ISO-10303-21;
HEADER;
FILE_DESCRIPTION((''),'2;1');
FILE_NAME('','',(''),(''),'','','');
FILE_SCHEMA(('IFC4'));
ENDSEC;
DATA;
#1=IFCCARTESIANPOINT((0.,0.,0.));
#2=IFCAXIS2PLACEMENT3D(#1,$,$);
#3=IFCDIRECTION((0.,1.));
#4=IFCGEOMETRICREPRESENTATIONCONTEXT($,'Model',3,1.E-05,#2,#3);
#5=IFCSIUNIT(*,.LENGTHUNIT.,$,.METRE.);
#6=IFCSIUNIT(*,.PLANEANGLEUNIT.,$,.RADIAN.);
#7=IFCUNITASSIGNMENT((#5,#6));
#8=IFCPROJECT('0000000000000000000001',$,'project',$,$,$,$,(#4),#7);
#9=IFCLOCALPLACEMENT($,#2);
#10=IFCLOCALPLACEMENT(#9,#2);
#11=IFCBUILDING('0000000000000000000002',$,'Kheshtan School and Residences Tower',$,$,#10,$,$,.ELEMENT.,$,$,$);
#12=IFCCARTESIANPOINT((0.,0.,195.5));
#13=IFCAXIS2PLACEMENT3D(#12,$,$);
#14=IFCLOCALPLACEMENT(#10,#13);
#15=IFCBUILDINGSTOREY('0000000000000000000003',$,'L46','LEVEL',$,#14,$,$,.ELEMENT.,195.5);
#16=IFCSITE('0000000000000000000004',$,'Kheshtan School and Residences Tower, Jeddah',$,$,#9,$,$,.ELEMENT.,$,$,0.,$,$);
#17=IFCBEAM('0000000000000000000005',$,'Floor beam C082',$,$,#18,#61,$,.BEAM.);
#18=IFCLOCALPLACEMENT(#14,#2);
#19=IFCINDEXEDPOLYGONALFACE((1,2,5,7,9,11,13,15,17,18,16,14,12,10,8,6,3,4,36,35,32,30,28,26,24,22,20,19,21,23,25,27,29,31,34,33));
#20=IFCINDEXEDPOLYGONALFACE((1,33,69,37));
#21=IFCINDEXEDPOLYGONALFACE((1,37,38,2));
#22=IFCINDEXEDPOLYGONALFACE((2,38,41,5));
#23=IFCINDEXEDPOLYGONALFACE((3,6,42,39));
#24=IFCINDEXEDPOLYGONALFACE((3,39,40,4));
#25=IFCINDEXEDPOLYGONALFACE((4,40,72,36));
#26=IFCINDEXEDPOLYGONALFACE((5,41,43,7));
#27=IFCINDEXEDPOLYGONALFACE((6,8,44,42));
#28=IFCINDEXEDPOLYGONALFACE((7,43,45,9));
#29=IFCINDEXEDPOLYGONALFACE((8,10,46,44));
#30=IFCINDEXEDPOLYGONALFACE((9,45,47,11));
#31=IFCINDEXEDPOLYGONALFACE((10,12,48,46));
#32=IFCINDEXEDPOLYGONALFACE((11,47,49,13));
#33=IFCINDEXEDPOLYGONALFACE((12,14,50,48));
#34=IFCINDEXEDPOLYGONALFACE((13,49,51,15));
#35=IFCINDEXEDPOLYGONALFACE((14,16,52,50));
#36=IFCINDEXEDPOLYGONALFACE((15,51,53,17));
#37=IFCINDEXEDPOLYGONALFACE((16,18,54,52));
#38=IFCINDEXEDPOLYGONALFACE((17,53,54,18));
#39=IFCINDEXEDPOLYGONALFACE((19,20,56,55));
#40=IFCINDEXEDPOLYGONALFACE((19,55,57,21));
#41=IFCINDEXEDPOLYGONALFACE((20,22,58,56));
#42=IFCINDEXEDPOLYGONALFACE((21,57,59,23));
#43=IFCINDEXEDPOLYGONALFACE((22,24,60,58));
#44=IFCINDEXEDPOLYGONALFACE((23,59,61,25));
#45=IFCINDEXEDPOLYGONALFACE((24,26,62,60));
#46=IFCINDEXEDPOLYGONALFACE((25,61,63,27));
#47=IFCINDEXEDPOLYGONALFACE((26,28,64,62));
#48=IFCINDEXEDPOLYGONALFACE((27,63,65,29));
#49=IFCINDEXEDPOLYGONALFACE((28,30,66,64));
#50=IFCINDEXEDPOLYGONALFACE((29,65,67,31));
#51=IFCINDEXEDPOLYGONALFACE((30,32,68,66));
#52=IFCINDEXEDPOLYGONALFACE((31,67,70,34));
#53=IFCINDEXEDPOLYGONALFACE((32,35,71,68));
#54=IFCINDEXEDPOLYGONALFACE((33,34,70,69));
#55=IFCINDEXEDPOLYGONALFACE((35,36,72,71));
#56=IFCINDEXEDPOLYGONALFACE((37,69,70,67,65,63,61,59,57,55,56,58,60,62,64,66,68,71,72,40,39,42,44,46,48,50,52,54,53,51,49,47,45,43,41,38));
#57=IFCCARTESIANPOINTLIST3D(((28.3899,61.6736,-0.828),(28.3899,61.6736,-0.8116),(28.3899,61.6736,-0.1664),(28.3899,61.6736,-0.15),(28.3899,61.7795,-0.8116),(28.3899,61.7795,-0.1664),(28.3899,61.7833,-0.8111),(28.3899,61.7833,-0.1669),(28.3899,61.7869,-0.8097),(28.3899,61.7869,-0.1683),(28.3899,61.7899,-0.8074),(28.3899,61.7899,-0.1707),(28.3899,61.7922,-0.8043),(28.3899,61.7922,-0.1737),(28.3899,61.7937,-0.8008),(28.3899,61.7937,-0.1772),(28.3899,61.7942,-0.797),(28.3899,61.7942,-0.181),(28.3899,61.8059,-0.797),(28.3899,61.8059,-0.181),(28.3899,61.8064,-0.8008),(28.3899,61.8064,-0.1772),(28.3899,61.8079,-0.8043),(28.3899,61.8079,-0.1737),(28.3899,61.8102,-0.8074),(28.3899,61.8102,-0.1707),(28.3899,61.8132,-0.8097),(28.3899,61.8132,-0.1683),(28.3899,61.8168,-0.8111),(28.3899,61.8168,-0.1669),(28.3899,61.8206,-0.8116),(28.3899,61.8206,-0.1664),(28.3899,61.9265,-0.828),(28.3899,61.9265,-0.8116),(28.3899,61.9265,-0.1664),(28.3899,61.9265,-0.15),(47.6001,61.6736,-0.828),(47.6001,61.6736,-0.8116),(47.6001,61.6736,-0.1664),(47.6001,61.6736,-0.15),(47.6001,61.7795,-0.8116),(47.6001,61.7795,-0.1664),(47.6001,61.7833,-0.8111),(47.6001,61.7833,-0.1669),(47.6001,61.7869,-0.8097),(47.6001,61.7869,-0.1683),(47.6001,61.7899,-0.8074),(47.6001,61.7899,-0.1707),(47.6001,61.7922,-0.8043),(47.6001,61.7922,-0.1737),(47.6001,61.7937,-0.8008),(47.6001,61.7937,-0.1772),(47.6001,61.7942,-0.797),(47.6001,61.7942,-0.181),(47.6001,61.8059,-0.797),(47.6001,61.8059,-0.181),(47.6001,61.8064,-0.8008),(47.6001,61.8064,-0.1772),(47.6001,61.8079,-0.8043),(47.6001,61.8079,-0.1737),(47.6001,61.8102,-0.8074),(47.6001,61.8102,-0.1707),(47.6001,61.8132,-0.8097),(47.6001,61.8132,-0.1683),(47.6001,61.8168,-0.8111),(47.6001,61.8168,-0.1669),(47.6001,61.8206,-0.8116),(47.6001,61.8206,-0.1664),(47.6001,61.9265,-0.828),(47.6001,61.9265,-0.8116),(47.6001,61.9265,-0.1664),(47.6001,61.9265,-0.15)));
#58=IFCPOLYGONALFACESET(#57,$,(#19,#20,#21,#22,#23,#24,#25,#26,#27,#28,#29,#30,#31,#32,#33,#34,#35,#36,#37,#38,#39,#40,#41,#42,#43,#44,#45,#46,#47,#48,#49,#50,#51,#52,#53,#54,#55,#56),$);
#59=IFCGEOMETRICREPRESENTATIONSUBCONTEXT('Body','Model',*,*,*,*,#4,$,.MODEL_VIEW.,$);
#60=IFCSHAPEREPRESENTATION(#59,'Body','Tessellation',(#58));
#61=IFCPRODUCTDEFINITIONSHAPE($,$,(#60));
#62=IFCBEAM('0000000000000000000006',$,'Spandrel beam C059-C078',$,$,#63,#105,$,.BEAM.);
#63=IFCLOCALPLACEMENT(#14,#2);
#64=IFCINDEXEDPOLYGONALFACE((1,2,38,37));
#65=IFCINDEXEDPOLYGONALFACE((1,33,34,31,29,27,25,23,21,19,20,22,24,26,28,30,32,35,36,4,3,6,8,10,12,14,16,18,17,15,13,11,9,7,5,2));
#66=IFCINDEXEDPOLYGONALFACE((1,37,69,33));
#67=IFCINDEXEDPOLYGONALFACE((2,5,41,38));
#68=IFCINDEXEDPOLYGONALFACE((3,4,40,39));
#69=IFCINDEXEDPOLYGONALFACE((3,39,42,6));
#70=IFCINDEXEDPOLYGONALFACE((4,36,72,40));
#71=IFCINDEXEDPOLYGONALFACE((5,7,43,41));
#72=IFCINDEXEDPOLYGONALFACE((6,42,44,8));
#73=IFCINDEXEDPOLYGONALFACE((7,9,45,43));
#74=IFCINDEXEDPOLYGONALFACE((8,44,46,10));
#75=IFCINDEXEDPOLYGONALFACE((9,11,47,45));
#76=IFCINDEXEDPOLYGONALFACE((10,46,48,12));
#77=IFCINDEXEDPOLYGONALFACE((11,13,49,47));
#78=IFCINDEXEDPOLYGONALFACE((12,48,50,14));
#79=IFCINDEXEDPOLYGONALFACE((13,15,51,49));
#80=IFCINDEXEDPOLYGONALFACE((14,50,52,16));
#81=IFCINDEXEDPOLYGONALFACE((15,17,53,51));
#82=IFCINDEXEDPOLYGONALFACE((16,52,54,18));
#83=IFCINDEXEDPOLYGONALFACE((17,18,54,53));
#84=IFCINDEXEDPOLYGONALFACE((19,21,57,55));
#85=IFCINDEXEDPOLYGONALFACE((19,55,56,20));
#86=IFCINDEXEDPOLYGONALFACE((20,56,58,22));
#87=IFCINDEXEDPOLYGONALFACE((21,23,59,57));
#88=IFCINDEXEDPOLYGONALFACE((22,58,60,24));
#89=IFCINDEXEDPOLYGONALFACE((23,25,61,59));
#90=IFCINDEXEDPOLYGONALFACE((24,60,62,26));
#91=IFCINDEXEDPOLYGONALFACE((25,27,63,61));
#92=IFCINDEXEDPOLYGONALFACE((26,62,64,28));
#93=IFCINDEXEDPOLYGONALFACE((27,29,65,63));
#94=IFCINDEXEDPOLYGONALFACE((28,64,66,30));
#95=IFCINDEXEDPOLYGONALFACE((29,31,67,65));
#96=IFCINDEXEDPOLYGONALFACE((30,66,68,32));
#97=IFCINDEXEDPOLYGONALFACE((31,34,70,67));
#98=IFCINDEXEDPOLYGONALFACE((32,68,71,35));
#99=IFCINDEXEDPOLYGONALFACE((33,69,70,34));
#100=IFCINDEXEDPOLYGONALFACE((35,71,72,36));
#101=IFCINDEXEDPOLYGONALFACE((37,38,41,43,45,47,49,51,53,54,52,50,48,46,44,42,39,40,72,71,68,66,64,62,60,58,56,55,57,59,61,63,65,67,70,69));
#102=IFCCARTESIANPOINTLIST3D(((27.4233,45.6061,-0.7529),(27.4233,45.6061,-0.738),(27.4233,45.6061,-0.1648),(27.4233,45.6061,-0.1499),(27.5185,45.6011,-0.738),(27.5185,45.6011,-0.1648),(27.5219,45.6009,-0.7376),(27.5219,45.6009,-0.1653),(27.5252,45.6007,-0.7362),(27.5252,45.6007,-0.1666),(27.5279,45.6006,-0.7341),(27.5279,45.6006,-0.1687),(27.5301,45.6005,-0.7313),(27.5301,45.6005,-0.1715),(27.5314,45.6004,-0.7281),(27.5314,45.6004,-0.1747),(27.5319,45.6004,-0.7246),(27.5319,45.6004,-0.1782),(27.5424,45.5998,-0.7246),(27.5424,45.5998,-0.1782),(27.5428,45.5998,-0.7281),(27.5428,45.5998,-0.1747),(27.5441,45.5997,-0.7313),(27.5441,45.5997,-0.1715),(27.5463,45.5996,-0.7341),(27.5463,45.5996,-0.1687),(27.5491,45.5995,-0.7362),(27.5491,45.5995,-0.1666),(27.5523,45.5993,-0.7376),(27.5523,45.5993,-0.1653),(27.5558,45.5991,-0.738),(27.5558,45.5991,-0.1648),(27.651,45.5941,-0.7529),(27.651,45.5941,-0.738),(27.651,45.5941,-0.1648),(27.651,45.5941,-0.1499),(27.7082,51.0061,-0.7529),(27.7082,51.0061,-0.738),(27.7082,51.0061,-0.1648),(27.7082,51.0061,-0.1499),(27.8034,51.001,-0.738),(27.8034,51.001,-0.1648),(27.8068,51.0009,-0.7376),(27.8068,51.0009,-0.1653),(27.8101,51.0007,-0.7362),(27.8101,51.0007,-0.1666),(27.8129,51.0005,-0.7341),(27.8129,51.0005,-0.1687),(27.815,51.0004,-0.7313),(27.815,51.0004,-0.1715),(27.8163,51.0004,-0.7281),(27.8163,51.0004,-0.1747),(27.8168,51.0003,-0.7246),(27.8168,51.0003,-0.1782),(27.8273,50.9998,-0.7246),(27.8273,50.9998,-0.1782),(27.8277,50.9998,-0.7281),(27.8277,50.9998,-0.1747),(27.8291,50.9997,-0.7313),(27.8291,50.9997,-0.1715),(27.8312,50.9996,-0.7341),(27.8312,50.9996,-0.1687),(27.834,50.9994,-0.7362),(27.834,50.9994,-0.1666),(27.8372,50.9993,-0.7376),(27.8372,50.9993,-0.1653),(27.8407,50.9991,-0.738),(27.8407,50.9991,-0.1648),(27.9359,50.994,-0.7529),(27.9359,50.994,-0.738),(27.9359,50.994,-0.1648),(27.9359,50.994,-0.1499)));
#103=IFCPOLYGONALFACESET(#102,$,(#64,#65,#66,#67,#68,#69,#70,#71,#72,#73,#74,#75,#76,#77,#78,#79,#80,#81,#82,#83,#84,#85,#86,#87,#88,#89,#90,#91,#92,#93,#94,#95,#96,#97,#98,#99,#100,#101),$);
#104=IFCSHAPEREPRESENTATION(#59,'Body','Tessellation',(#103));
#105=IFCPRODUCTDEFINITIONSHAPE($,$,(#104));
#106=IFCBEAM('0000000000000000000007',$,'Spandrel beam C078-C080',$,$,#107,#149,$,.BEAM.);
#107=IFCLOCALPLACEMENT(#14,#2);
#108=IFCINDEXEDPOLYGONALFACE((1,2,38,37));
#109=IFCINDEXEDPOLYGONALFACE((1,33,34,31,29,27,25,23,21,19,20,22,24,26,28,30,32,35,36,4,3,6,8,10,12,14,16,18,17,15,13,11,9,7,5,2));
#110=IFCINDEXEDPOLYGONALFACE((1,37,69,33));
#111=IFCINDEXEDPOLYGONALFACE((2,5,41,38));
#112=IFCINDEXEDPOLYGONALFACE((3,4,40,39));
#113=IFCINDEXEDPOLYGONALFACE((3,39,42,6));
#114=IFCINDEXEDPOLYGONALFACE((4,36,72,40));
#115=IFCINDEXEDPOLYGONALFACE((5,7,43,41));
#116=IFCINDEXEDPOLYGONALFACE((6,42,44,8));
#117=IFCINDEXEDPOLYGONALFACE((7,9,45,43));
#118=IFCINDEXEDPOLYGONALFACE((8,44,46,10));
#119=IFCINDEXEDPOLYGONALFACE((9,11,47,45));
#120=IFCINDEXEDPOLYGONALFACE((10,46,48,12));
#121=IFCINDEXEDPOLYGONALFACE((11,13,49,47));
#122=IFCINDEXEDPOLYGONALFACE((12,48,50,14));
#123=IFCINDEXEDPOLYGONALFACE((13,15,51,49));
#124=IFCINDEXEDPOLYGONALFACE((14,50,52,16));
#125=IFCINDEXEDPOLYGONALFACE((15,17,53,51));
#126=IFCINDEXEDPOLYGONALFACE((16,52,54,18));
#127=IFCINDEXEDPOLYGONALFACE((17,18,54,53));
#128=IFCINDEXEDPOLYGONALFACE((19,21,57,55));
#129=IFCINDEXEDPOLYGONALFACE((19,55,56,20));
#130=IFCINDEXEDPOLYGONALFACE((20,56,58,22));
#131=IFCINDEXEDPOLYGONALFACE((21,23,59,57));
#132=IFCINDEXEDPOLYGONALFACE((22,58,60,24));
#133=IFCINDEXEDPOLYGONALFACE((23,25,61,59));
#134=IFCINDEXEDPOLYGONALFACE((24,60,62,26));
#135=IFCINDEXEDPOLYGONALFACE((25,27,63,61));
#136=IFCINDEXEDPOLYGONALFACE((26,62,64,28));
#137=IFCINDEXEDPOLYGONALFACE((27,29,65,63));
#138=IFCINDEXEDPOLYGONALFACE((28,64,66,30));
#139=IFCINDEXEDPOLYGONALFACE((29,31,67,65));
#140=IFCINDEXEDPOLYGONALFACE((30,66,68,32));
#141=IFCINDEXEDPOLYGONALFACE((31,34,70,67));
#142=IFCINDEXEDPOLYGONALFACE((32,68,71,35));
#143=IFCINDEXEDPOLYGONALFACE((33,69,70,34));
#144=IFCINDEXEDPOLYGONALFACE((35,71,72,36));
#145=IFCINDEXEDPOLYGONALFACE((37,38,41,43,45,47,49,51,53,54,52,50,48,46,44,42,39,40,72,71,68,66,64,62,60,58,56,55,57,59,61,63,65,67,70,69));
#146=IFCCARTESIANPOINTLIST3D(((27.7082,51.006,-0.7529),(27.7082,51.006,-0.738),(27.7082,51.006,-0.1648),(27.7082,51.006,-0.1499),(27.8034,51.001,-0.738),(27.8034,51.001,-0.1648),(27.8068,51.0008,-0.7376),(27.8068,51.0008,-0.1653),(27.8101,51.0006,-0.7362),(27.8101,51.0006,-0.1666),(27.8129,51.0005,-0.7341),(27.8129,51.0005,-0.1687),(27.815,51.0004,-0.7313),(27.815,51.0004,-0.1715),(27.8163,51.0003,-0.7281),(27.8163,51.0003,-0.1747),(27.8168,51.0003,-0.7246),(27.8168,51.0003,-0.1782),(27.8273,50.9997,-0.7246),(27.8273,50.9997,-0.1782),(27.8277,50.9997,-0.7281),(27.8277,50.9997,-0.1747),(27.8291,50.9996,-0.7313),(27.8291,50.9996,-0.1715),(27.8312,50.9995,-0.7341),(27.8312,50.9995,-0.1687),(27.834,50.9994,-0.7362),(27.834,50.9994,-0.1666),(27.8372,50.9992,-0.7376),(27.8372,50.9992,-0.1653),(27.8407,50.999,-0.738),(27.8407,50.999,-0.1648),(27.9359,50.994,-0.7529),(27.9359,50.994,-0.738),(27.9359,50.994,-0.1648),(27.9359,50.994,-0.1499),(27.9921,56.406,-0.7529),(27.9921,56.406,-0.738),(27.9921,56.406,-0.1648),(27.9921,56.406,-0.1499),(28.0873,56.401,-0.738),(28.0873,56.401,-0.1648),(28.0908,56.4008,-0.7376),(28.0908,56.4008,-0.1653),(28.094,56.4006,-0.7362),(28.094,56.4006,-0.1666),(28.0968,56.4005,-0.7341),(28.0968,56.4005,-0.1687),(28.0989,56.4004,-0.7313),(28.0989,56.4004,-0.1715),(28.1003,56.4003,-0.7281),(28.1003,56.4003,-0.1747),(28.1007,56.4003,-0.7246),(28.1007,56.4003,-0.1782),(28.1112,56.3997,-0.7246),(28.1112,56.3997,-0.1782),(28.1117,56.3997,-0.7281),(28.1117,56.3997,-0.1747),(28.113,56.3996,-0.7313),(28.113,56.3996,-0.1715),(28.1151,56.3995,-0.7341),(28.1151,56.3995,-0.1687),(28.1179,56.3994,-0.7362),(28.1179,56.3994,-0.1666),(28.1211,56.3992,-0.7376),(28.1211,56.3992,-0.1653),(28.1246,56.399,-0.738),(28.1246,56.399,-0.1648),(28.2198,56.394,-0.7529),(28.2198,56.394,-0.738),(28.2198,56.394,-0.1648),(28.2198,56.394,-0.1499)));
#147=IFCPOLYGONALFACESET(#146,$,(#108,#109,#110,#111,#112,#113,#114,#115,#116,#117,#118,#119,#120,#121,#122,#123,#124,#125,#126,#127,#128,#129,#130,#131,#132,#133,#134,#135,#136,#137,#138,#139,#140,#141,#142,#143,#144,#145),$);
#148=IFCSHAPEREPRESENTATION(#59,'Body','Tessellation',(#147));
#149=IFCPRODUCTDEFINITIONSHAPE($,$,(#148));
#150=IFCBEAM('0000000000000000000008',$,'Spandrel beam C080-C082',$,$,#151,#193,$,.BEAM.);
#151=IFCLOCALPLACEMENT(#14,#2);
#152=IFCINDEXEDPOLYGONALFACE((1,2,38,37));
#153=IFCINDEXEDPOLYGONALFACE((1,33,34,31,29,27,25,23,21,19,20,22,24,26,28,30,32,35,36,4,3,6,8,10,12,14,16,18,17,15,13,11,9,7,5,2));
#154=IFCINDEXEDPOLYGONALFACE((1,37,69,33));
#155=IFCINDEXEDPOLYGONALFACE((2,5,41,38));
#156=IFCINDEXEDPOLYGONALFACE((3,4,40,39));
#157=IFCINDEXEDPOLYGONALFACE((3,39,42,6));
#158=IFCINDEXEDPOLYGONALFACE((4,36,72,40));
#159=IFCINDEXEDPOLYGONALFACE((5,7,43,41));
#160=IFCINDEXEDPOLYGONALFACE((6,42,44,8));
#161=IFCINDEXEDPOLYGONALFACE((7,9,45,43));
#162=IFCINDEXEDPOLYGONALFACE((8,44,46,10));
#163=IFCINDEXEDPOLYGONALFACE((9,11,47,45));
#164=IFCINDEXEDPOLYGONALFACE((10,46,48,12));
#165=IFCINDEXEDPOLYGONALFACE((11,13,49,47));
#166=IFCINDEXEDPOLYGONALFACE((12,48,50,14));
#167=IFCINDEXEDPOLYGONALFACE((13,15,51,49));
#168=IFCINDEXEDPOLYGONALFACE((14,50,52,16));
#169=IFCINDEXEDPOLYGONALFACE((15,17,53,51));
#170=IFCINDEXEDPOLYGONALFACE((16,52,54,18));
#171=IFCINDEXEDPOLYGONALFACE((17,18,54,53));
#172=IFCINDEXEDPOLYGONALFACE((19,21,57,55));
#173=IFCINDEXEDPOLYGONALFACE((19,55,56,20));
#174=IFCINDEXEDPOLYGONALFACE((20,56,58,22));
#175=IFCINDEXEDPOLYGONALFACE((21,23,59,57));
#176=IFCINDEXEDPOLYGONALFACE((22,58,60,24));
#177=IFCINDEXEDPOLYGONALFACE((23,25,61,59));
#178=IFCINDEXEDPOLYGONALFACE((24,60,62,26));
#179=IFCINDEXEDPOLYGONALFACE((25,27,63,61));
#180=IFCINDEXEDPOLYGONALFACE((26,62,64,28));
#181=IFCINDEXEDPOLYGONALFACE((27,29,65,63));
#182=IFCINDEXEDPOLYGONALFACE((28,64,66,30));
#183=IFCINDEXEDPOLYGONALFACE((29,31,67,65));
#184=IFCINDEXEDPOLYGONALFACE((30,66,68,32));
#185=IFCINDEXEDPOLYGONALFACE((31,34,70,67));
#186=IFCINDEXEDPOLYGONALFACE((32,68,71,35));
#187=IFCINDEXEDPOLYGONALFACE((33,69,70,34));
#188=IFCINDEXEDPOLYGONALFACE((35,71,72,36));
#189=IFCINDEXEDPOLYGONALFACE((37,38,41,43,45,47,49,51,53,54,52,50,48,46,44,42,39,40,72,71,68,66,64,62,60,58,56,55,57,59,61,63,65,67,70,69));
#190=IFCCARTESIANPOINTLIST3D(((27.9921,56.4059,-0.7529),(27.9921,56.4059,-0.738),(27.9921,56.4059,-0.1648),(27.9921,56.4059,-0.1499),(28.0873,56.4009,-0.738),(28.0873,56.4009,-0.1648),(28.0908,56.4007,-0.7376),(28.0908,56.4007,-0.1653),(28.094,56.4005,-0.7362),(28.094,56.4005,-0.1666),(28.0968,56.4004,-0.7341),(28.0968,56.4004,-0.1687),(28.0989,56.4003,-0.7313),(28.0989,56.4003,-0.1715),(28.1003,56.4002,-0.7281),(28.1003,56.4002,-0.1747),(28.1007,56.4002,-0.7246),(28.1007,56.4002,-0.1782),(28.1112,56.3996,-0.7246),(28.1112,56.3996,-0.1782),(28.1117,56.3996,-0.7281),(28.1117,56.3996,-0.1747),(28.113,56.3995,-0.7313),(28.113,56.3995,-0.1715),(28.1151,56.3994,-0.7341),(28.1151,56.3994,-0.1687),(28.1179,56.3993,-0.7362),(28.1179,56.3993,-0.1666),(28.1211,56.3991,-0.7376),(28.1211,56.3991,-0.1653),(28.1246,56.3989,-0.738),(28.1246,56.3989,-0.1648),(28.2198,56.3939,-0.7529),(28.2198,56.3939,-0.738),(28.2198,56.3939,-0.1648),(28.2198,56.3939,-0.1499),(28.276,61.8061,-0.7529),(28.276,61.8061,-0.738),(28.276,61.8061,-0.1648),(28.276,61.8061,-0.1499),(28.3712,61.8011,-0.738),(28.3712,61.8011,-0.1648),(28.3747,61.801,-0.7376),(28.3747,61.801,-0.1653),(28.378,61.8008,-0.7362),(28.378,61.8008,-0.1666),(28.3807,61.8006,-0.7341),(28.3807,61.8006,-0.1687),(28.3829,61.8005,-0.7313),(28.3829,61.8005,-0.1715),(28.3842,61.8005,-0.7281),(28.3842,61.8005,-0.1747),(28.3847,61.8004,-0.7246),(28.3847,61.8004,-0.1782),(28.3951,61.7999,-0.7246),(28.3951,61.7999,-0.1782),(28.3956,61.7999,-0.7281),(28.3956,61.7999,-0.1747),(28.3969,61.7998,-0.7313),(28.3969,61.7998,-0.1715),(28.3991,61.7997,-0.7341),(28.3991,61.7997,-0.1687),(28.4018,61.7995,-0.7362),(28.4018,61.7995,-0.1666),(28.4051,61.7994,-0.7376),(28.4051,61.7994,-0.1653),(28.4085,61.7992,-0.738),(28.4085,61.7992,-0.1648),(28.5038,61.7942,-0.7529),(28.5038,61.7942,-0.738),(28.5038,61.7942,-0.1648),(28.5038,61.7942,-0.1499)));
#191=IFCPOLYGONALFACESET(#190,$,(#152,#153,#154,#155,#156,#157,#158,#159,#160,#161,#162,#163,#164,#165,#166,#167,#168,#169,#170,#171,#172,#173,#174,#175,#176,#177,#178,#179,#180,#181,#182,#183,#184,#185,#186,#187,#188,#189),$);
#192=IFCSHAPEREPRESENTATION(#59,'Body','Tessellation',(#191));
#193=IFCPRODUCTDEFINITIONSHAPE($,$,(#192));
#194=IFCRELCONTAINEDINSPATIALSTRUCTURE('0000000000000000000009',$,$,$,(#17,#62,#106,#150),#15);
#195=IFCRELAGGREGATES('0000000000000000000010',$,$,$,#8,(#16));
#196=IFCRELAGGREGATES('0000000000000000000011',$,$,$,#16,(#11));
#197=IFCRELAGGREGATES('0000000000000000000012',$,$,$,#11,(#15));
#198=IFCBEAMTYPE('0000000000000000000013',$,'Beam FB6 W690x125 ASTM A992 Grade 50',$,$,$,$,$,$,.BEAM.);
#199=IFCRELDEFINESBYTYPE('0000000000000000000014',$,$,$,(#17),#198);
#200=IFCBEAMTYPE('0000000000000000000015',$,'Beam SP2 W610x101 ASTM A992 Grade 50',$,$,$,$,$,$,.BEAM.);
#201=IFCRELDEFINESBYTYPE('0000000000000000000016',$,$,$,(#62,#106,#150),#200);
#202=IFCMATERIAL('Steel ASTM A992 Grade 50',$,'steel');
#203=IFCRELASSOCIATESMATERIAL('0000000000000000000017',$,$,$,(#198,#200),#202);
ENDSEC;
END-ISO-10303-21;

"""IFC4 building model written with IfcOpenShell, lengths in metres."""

from ifc_helpers import new_model, si_unit, direction, frame, origin, origin_2d, place, context, subcontext, project, spatial, i_section, extrude, material, material_profile, profile_set, type_object, element, save


model = new_model("IFC4")

# Units and contexts
model_context = context("Model", 3, precision=1e-05, world=origin(), true_north=direction((0.0, 1.0)))
body_context = subcontext(model_context, "Body", "Model", "MODEL_VIEW")
ifc_project = project(units=[si_unit("LENGTHUNIT", "METRE"), si_unit("PLANEANGLEUNIT", "RADIAN")], contexts=[model_context])

# Site, building, storey
site_placement = place(None, origin())
site = spatial("IfcSite", under=ifc_project, at=site_placement, Name="Kheshtan School and Residences Tower, Jeddah", CompositionType="ELEMENT", RefElevation=0.0)
building_placement = place(site_placement, origin())
building = spatial("IfcBuilding", under=site, at=building_placement, Name="Kheshtan School and Residences Tower", CompositionType="ELEMENT")
storey_placement = place(building_placement, frame((0.0, 0.0, 195.5)))
storey = spatial("IfcBuildingStorey", under=building, at=storey_placement, Name="L46", Description="LEVEL", CompositionType="ELEMENT", Elevation=195.5)

# Shared definitions
ifc_material_1 = material(Name="Steel ASTM A992 Grade 50", Category="steel")

# Beams
ifc_material_profile_1 = material_profile(ifc_material_1, i_section(OverallWidth=0.2529, OverallDepth=0.678, WebThickness=0.0117, FlangeThickness=0.0164, FilletRadius=0.0146, at=origin_2d()), Name="W690x125")
ifc_profile_set_1 = profile_set([ifc_material_profile_1], Name="Steel ASTM A992 Grade 50")
beam_type_1 = type_object("IfcBeamType", Name="Beam FB6 W690x125 ASTM A992 Grade 50", PredefinedType="BEAM", material=ifc_profile_set_1)
beam_1_placement = place(storey_placement, frame((28.3899, 61.8, -0.489), z_axis=(1.0, 0.0, 0.0), x_axis=(0.0, 1.0, 0.0)))
element("IfcBeam", 1, at=beam_1_placement, inside=storey, type_object=beam_type_1, Name="Floor beam C082", PredefinedType="BEAM", context=body_context, shape_type="SweptSolid", body=[
    extrude(i_section(OverallWidth=0.2529, OverallDepth=0.678, WebThickness=0.0117, FlangeThickness=0.0164, FilletRadius=0.0146, at=origin_2d()), origin(), (0.0, 0.0, 1.0), 19.2102),
])
ifc_material_profile_2 = material_profile(ifc_material_1, i_section(OverallWidth=0.228, OverallDepth=0.603, WebThickness=0.0105, FlangeThickness=0.0149, FilletRadius=0.0134, at=origin_2d()), Name="W610x101")
ifc_profile_set_2 = profile_set([ifc_material_profile_2], Name="Steel ASTM A992 Grade 50")
beam_type_2 = type_object("IfcBeamType", Name="Beam SP2 W610x101 ASTM A992 Grade 50", PredefinedType="BEAM", material=ifc_profile_set_2)
for number, where, z_axis, x_axis, name in (
    (2, (27.5371, 45.6001, -0.4514), (0.052689, 0.998611, 0.0), (-0.998611, 0.052689, 0.0), "Spandrel beam C059-C078"),
    (3, (27.822, 51.0, -0.4514), (0.052509, 0.99862, 0.0), (-0.99862, 0.052509, 0.0), "Spandrel beam C078-C080"),
):
    element("IfcBeam", number, at=place(storey_placement, frame(where, z_axis=z_axis, x_axis=x_axis)), inside=storey, type_object=beam_type_2, Name=name, PredefinedType="BEAM", context=body_context, shape_type="SweptSolid", body=[
        extrude(i_section(OverallWidth=0.228, OverallDepth=0.603, WebThickness=0.0105, FlangeThickness=0.0149, FilletRadius=0.0134, at=origin_2d()), origin(), (0.0, 0.0, 1.0), 5.4075),
    ])
beam_2_placement = place(storey_placement, frame((28.106, 56.3999, -0.4514), z_axis=(0.052507, 0.998621, 0.0), x_axis=(-0.998621, 0.052507, 0.0)))
element("IfcBeam", 4, at=beam_2_placement, inside=storey, type_object=beam_type_2, Name="Spandrel beam C080-C082", PredefinedType="BEAM", context=body_context, shape_type="SweptSolid", body=[
    extrude(i_section(OverallWidth=0.228, OverallDepth=0.603, WebThickness=0.0105, FlangeThickness=0.0149, FilletRadius=0.0134, at=origin_2d()), origin(), (0.0, 0.0, 1.0), 5.4077),
])

save(model, "model.ifc")
